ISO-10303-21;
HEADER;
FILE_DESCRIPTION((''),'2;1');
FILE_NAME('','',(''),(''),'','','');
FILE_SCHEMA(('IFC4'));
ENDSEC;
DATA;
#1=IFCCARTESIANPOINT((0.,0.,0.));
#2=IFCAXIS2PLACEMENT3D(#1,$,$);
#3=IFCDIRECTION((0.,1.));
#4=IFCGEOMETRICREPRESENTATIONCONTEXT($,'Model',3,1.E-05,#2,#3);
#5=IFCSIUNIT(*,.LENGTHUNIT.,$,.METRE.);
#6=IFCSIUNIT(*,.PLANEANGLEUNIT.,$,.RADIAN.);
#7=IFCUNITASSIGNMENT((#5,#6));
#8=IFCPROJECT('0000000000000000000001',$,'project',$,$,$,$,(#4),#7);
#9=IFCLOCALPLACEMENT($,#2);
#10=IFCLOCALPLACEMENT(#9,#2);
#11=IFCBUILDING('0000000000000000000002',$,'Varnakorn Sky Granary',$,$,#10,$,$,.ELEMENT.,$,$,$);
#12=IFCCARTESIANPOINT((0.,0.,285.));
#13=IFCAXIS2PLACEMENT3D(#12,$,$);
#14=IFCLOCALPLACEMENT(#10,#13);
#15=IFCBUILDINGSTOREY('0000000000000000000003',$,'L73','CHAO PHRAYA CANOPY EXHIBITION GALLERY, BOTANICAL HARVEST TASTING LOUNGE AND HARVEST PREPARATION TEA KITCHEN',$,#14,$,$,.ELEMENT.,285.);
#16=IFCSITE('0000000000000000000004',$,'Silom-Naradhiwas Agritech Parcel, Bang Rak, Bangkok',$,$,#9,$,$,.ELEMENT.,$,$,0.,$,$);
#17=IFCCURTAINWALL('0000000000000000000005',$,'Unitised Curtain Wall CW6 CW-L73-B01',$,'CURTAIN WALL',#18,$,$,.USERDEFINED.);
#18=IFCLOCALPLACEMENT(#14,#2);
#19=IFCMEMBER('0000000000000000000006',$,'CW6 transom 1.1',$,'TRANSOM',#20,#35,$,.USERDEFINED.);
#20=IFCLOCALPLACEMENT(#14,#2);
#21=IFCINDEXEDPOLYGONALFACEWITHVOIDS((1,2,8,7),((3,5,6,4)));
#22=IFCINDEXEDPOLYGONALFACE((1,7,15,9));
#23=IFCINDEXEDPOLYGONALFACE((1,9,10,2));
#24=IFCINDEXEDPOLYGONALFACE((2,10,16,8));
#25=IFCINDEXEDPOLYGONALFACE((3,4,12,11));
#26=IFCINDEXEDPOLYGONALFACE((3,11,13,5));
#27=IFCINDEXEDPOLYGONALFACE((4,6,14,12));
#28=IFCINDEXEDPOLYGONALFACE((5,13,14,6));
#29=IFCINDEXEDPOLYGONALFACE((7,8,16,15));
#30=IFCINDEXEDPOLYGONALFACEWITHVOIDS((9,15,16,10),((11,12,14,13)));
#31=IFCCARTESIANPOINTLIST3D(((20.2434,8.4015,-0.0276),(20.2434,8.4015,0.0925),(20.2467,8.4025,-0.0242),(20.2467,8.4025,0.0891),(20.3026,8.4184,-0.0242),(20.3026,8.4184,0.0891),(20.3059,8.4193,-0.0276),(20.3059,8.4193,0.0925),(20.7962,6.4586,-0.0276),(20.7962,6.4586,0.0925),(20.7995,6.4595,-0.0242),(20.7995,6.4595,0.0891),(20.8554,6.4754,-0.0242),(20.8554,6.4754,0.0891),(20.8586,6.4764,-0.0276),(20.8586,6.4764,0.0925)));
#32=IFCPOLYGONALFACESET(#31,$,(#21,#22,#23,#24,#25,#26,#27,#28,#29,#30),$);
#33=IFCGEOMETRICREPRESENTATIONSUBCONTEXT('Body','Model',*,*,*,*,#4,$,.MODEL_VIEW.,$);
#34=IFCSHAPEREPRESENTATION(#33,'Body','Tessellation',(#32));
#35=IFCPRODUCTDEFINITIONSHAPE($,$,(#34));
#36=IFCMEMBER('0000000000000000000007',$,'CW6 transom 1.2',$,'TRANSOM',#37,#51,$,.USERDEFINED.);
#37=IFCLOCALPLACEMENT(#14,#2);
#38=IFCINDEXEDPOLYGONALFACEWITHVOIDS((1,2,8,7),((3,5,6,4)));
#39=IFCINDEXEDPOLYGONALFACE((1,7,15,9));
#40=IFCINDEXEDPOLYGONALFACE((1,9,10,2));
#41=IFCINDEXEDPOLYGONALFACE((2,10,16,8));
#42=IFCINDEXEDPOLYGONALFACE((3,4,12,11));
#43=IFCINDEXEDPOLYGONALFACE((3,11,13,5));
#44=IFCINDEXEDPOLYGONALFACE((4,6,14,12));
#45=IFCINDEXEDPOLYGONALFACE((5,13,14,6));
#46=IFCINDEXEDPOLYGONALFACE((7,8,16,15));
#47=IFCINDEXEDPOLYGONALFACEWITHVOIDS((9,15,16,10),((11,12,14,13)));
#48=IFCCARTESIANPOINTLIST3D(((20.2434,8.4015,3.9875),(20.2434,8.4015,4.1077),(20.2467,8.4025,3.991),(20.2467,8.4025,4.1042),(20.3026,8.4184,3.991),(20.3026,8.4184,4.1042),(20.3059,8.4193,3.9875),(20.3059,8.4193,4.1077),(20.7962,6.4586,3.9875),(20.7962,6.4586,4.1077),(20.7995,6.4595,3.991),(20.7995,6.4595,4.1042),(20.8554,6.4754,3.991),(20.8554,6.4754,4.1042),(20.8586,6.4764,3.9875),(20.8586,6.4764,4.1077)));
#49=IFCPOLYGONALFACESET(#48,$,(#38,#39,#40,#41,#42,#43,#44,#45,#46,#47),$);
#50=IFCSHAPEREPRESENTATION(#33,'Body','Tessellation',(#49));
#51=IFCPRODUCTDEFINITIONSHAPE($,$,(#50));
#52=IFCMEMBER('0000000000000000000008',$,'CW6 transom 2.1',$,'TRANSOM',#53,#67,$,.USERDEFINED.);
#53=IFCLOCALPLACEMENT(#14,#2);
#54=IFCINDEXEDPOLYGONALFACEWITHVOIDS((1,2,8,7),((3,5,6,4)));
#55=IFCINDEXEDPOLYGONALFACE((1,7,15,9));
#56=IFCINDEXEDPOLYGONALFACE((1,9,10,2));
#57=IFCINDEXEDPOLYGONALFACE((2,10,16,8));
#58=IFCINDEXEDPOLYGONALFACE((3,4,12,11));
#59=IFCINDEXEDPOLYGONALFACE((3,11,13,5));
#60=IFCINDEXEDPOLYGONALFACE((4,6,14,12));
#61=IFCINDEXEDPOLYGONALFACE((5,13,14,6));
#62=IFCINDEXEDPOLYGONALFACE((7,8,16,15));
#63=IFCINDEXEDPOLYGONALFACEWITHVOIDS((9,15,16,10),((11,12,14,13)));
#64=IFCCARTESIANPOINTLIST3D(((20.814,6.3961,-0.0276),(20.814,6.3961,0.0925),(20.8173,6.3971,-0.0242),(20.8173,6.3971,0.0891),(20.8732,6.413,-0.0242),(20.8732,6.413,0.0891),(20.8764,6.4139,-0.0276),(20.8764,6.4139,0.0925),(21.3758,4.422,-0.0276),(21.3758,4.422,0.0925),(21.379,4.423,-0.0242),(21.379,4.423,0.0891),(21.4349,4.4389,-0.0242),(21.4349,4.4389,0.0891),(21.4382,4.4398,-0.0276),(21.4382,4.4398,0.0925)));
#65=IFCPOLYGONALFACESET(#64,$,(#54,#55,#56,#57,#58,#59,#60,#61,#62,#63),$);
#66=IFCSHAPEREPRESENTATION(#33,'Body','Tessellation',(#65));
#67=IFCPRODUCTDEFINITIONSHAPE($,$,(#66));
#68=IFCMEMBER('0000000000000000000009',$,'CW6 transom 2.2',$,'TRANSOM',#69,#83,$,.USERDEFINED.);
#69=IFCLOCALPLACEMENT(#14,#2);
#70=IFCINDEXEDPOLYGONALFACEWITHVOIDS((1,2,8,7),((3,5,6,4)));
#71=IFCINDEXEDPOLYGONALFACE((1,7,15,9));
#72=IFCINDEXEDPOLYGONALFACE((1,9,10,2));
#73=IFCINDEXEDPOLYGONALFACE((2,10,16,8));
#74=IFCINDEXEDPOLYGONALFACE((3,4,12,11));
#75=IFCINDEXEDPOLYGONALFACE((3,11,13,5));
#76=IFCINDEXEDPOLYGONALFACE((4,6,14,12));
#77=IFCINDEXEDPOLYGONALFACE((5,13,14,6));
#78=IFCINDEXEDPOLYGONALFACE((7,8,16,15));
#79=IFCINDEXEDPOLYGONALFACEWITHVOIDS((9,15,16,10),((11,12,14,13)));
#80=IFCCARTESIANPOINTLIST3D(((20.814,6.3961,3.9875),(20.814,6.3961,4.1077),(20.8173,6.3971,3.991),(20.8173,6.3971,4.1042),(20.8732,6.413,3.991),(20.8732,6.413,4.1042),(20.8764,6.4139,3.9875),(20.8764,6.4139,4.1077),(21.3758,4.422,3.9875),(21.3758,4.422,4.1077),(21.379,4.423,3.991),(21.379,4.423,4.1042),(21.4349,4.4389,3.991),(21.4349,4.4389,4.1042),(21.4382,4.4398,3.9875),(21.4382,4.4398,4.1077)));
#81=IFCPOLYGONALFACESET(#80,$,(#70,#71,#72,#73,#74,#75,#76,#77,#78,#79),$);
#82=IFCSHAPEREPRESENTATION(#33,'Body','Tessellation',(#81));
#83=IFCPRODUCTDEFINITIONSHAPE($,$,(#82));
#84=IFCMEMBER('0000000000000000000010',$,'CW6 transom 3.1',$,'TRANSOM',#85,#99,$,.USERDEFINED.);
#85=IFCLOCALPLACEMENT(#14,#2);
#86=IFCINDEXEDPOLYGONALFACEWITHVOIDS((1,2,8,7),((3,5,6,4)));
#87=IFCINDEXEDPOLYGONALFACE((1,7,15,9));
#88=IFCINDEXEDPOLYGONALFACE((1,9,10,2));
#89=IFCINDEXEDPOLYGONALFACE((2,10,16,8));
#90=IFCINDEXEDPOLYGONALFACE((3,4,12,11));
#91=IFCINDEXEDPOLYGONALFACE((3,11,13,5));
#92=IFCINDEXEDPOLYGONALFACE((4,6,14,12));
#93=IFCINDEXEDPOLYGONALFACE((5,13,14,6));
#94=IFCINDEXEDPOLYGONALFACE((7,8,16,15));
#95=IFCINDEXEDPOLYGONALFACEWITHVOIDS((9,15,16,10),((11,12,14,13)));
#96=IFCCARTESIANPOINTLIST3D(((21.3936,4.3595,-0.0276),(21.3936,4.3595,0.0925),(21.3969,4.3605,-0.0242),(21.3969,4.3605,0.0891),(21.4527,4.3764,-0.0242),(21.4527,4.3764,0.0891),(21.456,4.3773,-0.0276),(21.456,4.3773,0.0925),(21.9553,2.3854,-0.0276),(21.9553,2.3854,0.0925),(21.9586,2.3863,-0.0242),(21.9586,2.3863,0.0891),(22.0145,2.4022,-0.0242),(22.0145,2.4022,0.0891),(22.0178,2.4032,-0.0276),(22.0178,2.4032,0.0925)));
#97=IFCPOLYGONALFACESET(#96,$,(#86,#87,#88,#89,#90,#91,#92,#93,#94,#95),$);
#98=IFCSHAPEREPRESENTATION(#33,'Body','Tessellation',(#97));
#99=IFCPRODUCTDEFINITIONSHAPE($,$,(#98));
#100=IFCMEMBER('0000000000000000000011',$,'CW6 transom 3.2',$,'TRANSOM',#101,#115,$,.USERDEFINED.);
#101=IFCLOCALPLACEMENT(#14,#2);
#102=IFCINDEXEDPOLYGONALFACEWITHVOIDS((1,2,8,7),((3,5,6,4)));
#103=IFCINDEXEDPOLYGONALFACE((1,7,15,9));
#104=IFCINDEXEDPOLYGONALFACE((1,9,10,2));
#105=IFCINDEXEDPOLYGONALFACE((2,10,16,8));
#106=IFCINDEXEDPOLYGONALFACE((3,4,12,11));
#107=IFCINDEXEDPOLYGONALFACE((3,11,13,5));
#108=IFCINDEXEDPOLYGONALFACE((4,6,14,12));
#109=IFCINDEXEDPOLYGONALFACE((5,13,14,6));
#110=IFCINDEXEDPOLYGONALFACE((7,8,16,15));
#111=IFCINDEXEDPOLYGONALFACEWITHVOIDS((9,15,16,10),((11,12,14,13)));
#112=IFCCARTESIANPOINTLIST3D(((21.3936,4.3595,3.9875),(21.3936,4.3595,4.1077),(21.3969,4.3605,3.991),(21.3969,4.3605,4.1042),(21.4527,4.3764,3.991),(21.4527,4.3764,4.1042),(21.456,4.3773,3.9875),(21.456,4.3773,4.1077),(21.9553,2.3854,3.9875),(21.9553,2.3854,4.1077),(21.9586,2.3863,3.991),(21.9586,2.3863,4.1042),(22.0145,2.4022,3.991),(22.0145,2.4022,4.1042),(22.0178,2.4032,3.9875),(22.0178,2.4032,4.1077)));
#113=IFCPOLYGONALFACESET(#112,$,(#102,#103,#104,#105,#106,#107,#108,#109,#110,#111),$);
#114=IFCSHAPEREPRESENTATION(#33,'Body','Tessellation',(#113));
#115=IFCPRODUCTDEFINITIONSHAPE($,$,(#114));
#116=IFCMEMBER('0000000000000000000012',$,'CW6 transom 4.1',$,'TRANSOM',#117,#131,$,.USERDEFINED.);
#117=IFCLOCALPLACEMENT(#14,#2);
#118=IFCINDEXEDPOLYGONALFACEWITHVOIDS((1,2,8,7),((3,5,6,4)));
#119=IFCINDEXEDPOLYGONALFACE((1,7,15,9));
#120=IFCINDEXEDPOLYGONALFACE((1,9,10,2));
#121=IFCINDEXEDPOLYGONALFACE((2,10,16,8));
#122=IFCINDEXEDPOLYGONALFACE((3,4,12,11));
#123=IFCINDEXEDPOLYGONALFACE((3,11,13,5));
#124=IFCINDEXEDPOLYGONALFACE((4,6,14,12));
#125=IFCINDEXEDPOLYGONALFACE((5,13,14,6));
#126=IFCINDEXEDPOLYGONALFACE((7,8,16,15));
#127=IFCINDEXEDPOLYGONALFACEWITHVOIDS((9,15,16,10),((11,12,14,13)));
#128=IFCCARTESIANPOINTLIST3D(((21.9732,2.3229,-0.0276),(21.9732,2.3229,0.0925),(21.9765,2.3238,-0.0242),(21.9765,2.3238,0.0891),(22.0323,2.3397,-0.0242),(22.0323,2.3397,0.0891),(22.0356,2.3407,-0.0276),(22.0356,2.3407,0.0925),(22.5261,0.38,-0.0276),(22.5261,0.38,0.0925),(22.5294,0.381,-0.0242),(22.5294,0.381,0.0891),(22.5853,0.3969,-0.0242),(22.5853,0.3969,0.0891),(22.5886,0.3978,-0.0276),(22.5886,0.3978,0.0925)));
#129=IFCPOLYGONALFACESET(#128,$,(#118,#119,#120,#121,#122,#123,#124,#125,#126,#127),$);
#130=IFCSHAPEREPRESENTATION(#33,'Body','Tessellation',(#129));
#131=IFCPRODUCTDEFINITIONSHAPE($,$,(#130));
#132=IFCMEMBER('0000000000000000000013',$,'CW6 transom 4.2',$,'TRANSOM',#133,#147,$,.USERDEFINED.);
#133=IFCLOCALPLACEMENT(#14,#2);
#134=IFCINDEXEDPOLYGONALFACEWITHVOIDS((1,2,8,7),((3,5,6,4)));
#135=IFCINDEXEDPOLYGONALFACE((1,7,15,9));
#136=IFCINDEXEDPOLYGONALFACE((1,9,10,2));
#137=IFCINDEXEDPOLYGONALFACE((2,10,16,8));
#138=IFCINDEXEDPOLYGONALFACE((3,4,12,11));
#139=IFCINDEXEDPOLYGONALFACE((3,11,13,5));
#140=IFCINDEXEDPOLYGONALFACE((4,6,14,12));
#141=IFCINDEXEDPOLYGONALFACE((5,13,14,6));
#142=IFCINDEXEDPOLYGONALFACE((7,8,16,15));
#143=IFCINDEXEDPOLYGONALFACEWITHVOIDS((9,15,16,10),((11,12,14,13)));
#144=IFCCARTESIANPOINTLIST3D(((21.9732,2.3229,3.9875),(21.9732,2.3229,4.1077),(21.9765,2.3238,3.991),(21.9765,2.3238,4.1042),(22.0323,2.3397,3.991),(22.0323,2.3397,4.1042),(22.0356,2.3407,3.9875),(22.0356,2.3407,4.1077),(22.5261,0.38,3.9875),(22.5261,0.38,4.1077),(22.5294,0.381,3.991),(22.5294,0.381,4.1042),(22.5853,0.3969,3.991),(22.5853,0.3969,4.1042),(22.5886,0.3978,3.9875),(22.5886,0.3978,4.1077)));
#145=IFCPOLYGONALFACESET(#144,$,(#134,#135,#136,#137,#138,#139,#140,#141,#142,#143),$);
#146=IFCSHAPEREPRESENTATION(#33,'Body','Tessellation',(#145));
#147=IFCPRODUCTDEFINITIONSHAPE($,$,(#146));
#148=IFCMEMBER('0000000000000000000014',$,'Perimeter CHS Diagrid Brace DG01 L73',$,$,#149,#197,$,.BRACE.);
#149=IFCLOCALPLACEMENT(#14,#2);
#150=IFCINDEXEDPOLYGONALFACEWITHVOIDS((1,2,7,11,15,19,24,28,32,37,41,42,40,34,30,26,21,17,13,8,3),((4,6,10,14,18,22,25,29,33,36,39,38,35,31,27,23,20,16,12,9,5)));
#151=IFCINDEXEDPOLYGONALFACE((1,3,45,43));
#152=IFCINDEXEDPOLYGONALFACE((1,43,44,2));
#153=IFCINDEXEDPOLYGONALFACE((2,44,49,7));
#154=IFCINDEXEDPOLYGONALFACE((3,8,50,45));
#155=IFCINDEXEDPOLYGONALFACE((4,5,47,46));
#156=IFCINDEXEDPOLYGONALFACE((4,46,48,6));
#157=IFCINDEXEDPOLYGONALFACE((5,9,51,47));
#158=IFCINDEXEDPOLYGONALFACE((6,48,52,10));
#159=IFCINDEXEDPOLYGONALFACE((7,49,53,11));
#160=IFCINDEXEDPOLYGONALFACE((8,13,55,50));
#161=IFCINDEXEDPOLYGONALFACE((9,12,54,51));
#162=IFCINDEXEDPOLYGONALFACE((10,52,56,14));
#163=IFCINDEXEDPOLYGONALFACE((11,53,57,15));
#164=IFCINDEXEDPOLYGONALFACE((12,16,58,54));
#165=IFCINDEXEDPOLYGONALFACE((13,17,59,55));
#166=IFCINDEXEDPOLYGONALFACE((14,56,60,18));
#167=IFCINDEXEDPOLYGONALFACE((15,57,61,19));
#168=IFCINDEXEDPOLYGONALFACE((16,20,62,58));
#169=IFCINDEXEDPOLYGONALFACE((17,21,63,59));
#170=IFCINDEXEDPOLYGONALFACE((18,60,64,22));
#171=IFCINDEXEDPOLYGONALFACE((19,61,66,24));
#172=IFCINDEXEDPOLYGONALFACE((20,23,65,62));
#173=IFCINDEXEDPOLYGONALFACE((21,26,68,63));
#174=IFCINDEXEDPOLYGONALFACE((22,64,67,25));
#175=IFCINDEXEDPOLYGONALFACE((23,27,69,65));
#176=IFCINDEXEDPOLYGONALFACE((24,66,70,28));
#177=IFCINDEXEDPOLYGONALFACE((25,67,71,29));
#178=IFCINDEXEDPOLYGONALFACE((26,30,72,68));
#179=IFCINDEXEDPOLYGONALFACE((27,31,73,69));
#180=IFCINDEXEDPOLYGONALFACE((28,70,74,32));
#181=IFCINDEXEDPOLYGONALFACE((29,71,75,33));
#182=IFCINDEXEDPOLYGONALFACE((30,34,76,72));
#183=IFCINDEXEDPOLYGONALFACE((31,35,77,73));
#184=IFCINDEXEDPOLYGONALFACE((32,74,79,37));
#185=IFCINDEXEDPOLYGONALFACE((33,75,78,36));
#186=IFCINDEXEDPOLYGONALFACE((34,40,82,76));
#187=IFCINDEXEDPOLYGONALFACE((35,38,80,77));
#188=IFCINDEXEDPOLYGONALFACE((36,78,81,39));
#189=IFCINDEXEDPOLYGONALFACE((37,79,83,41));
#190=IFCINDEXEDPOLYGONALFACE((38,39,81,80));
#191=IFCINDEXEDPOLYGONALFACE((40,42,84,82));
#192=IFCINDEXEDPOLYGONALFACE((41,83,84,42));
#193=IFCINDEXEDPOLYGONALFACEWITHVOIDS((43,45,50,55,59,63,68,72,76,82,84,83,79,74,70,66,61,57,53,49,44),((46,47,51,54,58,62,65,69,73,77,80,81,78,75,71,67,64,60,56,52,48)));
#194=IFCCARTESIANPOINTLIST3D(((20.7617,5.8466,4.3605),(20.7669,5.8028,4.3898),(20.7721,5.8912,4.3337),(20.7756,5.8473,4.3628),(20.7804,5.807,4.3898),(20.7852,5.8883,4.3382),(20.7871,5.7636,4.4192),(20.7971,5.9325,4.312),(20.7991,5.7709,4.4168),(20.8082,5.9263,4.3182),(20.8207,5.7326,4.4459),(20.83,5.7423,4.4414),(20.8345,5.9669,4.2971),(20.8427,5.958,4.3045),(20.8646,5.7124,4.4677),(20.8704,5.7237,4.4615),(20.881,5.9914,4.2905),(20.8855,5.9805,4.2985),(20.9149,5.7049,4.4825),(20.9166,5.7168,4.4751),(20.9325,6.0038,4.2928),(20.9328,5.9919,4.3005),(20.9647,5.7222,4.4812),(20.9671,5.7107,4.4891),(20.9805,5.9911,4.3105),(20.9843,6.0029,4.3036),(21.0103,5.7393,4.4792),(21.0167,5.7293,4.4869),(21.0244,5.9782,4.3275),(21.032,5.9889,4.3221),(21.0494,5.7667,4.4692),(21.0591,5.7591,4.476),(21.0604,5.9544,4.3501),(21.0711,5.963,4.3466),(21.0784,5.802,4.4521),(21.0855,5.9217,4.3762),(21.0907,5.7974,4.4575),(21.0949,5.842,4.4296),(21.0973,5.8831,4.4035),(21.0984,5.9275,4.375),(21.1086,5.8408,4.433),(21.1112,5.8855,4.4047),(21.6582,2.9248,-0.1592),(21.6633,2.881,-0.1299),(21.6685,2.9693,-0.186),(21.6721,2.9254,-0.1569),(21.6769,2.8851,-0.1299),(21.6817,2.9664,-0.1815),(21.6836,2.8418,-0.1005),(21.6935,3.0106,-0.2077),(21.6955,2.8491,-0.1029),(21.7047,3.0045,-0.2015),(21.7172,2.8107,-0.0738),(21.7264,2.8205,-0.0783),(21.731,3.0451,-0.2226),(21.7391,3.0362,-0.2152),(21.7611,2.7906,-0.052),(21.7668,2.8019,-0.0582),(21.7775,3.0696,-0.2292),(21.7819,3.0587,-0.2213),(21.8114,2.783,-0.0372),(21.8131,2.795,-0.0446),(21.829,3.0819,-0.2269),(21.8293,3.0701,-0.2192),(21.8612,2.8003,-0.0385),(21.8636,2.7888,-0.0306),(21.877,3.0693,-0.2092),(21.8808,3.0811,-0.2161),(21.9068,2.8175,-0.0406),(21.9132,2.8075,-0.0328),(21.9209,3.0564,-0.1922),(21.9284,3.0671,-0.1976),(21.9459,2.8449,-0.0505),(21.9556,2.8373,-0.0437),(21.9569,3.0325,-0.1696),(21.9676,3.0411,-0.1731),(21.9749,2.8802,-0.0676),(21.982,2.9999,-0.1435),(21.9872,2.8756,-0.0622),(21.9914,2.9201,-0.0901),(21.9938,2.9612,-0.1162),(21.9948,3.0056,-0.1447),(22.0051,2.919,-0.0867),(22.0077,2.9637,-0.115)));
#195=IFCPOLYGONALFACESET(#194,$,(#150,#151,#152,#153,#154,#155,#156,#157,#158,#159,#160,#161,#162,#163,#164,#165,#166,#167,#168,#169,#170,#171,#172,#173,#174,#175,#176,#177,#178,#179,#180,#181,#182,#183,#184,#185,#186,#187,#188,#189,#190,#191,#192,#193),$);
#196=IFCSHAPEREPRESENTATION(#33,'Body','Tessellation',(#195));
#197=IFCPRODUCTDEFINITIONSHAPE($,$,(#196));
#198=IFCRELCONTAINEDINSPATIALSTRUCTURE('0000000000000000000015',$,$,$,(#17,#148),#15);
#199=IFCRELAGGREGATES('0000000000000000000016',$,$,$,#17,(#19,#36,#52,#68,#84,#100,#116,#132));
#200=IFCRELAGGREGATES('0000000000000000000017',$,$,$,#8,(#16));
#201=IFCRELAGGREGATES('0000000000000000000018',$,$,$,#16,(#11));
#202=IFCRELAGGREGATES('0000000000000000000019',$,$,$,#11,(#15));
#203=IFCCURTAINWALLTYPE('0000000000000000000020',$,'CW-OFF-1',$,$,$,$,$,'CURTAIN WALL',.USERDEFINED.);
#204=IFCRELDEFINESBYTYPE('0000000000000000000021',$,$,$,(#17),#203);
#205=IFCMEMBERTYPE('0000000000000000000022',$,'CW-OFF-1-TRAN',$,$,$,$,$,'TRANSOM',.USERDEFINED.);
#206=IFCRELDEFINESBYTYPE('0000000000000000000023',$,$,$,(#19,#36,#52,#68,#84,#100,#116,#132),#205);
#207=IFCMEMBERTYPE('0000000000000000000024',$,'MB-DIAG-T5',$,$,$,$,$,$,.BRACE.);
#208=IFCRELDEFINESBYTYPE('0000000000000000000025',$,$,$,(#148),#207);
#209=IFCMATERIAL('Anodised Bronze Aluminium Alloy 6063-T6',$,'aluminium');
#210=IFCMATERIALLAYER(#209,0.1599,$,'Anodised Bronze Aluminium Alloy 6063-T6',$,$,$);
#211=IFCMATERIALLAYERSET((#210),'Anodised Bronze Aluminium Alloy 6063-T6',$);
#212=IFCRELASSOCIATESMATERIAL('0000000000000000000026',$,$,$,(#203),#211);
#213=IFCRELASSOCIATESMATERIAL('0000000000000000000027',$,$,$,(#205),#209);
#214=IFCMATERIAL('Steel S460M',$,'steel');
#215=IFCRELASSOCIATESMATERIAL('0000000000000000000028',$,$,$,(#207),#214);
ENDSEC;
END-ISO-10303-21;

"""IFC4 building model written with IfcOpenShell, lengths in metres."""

from ifc_helpers import new_model, si_unit, direction, frame, origin, origin_2d, place, context, subcontext, project, spatial, hollow_rectangle, hollow_circle, extrude, material, layer, layer_set, material_profile, profile_set, type_object, element, aggregate, save


model = new_model("IFC4")

# Units and contexts
model_context = context("Model", 3, precision=1e-05, world=origin(), true_north=direction((0.0, 1.0)))
body_context = subcontext(model_context, "Body", "Model", "MODEL_VIEW")
ifc_project = project(units=[si_unit("LENGTHUNIT", "METRE"), si_unit("PLANEANGLEUNIT", "RADIAN")], contexts=[model_context])

# Site, building, storey
site_placement = place(None, origin())
site = spatial("IfcSite", under=ifc_project, at=site_placement, Name="Silom-Naradhiwas Agritech Parcel, Bang Rak, Bangkok", CompositionType="ELEMENT", RefElevation=0.0)
building_placement = place(site_placement, origin())
building = spatial("IfcBuilding", under=site, at=building_placement, Name="Varnakorn Sky Granary", CompositionType="ELEMENT")
storey_placement = place(building_placement, frame((0.0, 0.0, 285.0)))
storey = spatial("IfcBuildingStorey", under=building, at=storey_placement, Name="L73", Description="CHAO PHRAYA CANOPY EXHIBITION GALLERY, BOTANICAL HARVEST TASTING LOUNGE AND HARVEST PREPARATION TEA KITCHEN", CompositionType="ELEMENT", Elevation=285.0)

# Shared definitions
ifc_material_1 = material(Name="Steel S460M", Category="steel")

# Curtain wall, members
ifc_material_2 = material(Name="Anodised Bronze Aluminium Alloy 6063-T6", Category="aluminium")
ifc_layer_1 = layer(ifc_material_2, 0.1599, Name="Anodised Bronze Aluminium Alloy 6063-T6")
ifc_layer_set_1 = layer_set([ifc_layer_1], Name="Anodised Bronze Aluminium Alloy 6063-T6")
curtain_wall_type = type_object("IfcCurtainWallType", Name="CW-OFF-1", ElementType="CURTAIN WALL", PredefinedType="USERDEFINED", material=ifc_layer_set_1)
curtain_wall_placement = place(storey_placement, origin())
curtain_wall = element("IfcCurtainWall", 1, at=curtain_wall_placement, inside=storey, type_object=curtain_wall_type, Name="Unitised Curtain Wall CW6 CW-L73-B01", ObjectType="CURTAIN WALL", PredefinedType="USERDEFINED")
ifc_material_profile_1 = material_profile(ifc_material_2, hollow_rectangle(XDim=0.0649, YDim=0.1201, WallThickness=0.0034, at=origin_2d()), Name="ALU TRAN 65x120")
ifc_profile_set_1 = profile_set([ifc_material_profile_1], Name="Anodised Bronze Aluminium Alloy 6063-T6")
member_type_1 = type_object("IfcMemberType", Name="CW-OFF-1-TRAN", ElementType="TRANSOM", PredefinedType="USERDEFINED", material=ifc_profile_set_1)
member_1_placement = place(storey_placement, frame((20.2747, 8.4104, 0.0325), z_axis=(0.273635, -0.961833, 0.0), x_axis=(0.961833, 0.273635, 0.0)))
member_1 = element("IfcMember", 2, at=member_1_placement, type_object=member_type_1, Name="CW6 transom 1.1", ObjectType="TRANSOM", PredefinedType="USERDEFINED", context=body_context, shape_type="SweptSolid", body=[
    extrude(hollow_rectangle(XDim=0.0649, YDim=0.1201, WallThickness=0.0034, at=origin_2d()), origin(), (0.0, 0.0, 1.0), 2.02),
])
member_2_placement = place(storey_placement, frame((20.2747, 8.4104, 4.0476), z_axis=(0.273635, -0.961833, 0.0), x_axis=(0.961833, 0.273635, 0.0)))
member_2 = element("IfcMember", 3, at=member_2_placement, type_object=member_type_1, Name="CW6 transom 1.2", ObjectType="TRANSOM", PredefinedType="USERDEFINED", context=body_context, shape_type="SweptSolid", body=[
    extrude(hollow_rectangle(XDim=0.0649, YDim=0.1201, WallThickness=0.0034, at=origin_2d()), origin(), (0.0, 0.0, 1.0), 2.02),
])
member_3_placement = place(storey_placement, frame((20.8452, 6.405, 0.0325), z_axis=(0.2737, -0.961815, 0.0), x_axis=(0.961815, 0.2737, 0.0)))
member_3 = element("IfcMember", 4, at=member_3_placement, type_object=member_type_1, Name="CW6 transom 2.1", ObjectType="TRANSOM", PredefinedType="USERDEFINED", context=body_context, shape_type="SweptSolid", body=[
    extrude(hollow_rectangle(XDim=0.0649, YDim=0.1201, WallThickness=0.0034, at=origin_2d()), origin(), (0.0, 0.0, 1.0), 2.0525),
])
member_4_placement = place(storey_placement, frame((20.8452, 6.405, 4.0476), z_axis=(0.2737, -0.961815, 0.0), x_axis=(0.961815, 0.2737, 0.0)))
member_4 = element("IfcMember", 5, at=member_4_placement, type_object=member_type_1, Name="CW6 transom 2.2", ObjectType="TRANSOM", PredefinedType="USERDEFINED", context=body_context, shape_type="SweptSolid", body=[
    extrude(hollow_rectangle(XDim=0.0649, YDim=0.1201, WallThickness=0.0034, at=origin_2d()), origin(), (0.0, 0.0, 1.0), 2.0525),
])
member_5_placement = place(storey_placement, frame((21.4248, 4.3684, 0.0325), z_axis=(0.2737, -0.961815, 0.0), x_axis=(0.961815, 0.2737, 0.0)))
member_5 = element("IfcMember", 6, at=member_5_placement, type_object=member_type_1, Name="CW6 transom 3.1", ObjectType="TRANSOM", PredefinedType="USERDEFINED", context=body_context, shape_type="SweptSolid", body=[
    extrude(hollow_rectangle(XDim=0.0649, YDim=0.1201, WallThickness=0.0034, at=origin_2d()), origin(), (0.0, 0.0, 1.0), 2.0525),
])
member_6_placement = place(storey_placement, frame((21.4248, 4.3684, 4.0476), z_axis=(0.2737, -0.961815, 0.0), x_axis=(0.961815, 0.2737, 0.0)))
member_6 = element("IfcMember", 7, at=member_6_placement, type_object=member_type_1, Name="CW6 transom 3.2", ObjectType="TRANSOM", PredefinedType="USERDEFINED", context=body_context, shape_type="SweptSolid", body=[
    extrude(hollow_rectangle(XDim=0.0649, YDim=0.1201, WallThickness=0.0034, at=origin_2d()), origin(), (0.0, 0.0, 1.0), 2.0525),
])
member_7_placement = place(storey_placement, frame((22.0044, 2.3318, 0.0325), z_axis=(0.273747, -0.961802, 0.0), x_axis=(0.961802, 0.273747, 0.0)))
member_7 = element("IfcMember", 8, at=member_7_placement, type_object=member_type_1, Name="CW6 transom 4.1", ObjectType="TRANSOM", PredefinedType="USERDEFINED", context=body_context, shape_type="SweptSolid", body=[
    extrude(hollow_rectangle(XDim=0.0649, YDim=0.1201, WallThickness=0.0034, at=origin_2d()), origin(), (0.0, 0.0, 1.0), 2.02),
])
member_8_placement = place(storey_placement, frame((22.0044, 2.3318, 4.0476), z_axis=(0.273747, -0.961802, 0.0), x_axis=(0.961802, 0.273747, 0.0)))
member_8 = element("IfcMember", 9, at=member_8_placement, type_object=member_type_1, Name="CW6 transom 4.2", ObjectType="TRANSOM", PredefinedType="USERDEFINED", context=body_context, shape_type="SweptSolid", body=[
    extrude(hollow_rectangle(XDim=0.0649, YDim=0.1201, WallThickness=0.0034, at=origin_2d()), origin(), (0.0, 0.0, 1.0), 2.02),
])

# Member
ifc_material_profile_2 = material_profile(ifc_material_1, hollow_circle(Radius=0.1777, WallThickness=0.0142, at=origin_2d()), Name="CHS 355.6x14")
ifc_profile_set_2 = profile_set([ifc_material_profile_2], Name="Steel S460M")
member_type_2 = type_object("IfcMemberType", Name="MB-DIAG-T5", PredefinedType="BRACE", material=ifc_profile_set_2)
member_9_placement = place(storey_placement, frame((21.8333, 2.9331, -0.1299), z_axis=(-0.164308, 0.535521, 0.828384), x_axis=(-0.956014, -0.293322, 0.0)))
element("IfcMember", 10, at=member_9_placement, inside=storey, type_object=member_type_2, Name="Perimeter CHS Diagrid Brace DG01 L73", PredefinedType="BRACE", context=body_context, shape_type="SweptSolid", body=[
    extrude(hollow_circle(Radius=0.1777, WallThickness=0.0142, at=origin_2d()), origin(), (0.0, 0.0, 1.0), 5.4561),
])

aggregate(curtain_wall, [member_1, member_2, member_3, member_4, member_5, member_6, member_7, member_8])

save(model, "model.ifc")
